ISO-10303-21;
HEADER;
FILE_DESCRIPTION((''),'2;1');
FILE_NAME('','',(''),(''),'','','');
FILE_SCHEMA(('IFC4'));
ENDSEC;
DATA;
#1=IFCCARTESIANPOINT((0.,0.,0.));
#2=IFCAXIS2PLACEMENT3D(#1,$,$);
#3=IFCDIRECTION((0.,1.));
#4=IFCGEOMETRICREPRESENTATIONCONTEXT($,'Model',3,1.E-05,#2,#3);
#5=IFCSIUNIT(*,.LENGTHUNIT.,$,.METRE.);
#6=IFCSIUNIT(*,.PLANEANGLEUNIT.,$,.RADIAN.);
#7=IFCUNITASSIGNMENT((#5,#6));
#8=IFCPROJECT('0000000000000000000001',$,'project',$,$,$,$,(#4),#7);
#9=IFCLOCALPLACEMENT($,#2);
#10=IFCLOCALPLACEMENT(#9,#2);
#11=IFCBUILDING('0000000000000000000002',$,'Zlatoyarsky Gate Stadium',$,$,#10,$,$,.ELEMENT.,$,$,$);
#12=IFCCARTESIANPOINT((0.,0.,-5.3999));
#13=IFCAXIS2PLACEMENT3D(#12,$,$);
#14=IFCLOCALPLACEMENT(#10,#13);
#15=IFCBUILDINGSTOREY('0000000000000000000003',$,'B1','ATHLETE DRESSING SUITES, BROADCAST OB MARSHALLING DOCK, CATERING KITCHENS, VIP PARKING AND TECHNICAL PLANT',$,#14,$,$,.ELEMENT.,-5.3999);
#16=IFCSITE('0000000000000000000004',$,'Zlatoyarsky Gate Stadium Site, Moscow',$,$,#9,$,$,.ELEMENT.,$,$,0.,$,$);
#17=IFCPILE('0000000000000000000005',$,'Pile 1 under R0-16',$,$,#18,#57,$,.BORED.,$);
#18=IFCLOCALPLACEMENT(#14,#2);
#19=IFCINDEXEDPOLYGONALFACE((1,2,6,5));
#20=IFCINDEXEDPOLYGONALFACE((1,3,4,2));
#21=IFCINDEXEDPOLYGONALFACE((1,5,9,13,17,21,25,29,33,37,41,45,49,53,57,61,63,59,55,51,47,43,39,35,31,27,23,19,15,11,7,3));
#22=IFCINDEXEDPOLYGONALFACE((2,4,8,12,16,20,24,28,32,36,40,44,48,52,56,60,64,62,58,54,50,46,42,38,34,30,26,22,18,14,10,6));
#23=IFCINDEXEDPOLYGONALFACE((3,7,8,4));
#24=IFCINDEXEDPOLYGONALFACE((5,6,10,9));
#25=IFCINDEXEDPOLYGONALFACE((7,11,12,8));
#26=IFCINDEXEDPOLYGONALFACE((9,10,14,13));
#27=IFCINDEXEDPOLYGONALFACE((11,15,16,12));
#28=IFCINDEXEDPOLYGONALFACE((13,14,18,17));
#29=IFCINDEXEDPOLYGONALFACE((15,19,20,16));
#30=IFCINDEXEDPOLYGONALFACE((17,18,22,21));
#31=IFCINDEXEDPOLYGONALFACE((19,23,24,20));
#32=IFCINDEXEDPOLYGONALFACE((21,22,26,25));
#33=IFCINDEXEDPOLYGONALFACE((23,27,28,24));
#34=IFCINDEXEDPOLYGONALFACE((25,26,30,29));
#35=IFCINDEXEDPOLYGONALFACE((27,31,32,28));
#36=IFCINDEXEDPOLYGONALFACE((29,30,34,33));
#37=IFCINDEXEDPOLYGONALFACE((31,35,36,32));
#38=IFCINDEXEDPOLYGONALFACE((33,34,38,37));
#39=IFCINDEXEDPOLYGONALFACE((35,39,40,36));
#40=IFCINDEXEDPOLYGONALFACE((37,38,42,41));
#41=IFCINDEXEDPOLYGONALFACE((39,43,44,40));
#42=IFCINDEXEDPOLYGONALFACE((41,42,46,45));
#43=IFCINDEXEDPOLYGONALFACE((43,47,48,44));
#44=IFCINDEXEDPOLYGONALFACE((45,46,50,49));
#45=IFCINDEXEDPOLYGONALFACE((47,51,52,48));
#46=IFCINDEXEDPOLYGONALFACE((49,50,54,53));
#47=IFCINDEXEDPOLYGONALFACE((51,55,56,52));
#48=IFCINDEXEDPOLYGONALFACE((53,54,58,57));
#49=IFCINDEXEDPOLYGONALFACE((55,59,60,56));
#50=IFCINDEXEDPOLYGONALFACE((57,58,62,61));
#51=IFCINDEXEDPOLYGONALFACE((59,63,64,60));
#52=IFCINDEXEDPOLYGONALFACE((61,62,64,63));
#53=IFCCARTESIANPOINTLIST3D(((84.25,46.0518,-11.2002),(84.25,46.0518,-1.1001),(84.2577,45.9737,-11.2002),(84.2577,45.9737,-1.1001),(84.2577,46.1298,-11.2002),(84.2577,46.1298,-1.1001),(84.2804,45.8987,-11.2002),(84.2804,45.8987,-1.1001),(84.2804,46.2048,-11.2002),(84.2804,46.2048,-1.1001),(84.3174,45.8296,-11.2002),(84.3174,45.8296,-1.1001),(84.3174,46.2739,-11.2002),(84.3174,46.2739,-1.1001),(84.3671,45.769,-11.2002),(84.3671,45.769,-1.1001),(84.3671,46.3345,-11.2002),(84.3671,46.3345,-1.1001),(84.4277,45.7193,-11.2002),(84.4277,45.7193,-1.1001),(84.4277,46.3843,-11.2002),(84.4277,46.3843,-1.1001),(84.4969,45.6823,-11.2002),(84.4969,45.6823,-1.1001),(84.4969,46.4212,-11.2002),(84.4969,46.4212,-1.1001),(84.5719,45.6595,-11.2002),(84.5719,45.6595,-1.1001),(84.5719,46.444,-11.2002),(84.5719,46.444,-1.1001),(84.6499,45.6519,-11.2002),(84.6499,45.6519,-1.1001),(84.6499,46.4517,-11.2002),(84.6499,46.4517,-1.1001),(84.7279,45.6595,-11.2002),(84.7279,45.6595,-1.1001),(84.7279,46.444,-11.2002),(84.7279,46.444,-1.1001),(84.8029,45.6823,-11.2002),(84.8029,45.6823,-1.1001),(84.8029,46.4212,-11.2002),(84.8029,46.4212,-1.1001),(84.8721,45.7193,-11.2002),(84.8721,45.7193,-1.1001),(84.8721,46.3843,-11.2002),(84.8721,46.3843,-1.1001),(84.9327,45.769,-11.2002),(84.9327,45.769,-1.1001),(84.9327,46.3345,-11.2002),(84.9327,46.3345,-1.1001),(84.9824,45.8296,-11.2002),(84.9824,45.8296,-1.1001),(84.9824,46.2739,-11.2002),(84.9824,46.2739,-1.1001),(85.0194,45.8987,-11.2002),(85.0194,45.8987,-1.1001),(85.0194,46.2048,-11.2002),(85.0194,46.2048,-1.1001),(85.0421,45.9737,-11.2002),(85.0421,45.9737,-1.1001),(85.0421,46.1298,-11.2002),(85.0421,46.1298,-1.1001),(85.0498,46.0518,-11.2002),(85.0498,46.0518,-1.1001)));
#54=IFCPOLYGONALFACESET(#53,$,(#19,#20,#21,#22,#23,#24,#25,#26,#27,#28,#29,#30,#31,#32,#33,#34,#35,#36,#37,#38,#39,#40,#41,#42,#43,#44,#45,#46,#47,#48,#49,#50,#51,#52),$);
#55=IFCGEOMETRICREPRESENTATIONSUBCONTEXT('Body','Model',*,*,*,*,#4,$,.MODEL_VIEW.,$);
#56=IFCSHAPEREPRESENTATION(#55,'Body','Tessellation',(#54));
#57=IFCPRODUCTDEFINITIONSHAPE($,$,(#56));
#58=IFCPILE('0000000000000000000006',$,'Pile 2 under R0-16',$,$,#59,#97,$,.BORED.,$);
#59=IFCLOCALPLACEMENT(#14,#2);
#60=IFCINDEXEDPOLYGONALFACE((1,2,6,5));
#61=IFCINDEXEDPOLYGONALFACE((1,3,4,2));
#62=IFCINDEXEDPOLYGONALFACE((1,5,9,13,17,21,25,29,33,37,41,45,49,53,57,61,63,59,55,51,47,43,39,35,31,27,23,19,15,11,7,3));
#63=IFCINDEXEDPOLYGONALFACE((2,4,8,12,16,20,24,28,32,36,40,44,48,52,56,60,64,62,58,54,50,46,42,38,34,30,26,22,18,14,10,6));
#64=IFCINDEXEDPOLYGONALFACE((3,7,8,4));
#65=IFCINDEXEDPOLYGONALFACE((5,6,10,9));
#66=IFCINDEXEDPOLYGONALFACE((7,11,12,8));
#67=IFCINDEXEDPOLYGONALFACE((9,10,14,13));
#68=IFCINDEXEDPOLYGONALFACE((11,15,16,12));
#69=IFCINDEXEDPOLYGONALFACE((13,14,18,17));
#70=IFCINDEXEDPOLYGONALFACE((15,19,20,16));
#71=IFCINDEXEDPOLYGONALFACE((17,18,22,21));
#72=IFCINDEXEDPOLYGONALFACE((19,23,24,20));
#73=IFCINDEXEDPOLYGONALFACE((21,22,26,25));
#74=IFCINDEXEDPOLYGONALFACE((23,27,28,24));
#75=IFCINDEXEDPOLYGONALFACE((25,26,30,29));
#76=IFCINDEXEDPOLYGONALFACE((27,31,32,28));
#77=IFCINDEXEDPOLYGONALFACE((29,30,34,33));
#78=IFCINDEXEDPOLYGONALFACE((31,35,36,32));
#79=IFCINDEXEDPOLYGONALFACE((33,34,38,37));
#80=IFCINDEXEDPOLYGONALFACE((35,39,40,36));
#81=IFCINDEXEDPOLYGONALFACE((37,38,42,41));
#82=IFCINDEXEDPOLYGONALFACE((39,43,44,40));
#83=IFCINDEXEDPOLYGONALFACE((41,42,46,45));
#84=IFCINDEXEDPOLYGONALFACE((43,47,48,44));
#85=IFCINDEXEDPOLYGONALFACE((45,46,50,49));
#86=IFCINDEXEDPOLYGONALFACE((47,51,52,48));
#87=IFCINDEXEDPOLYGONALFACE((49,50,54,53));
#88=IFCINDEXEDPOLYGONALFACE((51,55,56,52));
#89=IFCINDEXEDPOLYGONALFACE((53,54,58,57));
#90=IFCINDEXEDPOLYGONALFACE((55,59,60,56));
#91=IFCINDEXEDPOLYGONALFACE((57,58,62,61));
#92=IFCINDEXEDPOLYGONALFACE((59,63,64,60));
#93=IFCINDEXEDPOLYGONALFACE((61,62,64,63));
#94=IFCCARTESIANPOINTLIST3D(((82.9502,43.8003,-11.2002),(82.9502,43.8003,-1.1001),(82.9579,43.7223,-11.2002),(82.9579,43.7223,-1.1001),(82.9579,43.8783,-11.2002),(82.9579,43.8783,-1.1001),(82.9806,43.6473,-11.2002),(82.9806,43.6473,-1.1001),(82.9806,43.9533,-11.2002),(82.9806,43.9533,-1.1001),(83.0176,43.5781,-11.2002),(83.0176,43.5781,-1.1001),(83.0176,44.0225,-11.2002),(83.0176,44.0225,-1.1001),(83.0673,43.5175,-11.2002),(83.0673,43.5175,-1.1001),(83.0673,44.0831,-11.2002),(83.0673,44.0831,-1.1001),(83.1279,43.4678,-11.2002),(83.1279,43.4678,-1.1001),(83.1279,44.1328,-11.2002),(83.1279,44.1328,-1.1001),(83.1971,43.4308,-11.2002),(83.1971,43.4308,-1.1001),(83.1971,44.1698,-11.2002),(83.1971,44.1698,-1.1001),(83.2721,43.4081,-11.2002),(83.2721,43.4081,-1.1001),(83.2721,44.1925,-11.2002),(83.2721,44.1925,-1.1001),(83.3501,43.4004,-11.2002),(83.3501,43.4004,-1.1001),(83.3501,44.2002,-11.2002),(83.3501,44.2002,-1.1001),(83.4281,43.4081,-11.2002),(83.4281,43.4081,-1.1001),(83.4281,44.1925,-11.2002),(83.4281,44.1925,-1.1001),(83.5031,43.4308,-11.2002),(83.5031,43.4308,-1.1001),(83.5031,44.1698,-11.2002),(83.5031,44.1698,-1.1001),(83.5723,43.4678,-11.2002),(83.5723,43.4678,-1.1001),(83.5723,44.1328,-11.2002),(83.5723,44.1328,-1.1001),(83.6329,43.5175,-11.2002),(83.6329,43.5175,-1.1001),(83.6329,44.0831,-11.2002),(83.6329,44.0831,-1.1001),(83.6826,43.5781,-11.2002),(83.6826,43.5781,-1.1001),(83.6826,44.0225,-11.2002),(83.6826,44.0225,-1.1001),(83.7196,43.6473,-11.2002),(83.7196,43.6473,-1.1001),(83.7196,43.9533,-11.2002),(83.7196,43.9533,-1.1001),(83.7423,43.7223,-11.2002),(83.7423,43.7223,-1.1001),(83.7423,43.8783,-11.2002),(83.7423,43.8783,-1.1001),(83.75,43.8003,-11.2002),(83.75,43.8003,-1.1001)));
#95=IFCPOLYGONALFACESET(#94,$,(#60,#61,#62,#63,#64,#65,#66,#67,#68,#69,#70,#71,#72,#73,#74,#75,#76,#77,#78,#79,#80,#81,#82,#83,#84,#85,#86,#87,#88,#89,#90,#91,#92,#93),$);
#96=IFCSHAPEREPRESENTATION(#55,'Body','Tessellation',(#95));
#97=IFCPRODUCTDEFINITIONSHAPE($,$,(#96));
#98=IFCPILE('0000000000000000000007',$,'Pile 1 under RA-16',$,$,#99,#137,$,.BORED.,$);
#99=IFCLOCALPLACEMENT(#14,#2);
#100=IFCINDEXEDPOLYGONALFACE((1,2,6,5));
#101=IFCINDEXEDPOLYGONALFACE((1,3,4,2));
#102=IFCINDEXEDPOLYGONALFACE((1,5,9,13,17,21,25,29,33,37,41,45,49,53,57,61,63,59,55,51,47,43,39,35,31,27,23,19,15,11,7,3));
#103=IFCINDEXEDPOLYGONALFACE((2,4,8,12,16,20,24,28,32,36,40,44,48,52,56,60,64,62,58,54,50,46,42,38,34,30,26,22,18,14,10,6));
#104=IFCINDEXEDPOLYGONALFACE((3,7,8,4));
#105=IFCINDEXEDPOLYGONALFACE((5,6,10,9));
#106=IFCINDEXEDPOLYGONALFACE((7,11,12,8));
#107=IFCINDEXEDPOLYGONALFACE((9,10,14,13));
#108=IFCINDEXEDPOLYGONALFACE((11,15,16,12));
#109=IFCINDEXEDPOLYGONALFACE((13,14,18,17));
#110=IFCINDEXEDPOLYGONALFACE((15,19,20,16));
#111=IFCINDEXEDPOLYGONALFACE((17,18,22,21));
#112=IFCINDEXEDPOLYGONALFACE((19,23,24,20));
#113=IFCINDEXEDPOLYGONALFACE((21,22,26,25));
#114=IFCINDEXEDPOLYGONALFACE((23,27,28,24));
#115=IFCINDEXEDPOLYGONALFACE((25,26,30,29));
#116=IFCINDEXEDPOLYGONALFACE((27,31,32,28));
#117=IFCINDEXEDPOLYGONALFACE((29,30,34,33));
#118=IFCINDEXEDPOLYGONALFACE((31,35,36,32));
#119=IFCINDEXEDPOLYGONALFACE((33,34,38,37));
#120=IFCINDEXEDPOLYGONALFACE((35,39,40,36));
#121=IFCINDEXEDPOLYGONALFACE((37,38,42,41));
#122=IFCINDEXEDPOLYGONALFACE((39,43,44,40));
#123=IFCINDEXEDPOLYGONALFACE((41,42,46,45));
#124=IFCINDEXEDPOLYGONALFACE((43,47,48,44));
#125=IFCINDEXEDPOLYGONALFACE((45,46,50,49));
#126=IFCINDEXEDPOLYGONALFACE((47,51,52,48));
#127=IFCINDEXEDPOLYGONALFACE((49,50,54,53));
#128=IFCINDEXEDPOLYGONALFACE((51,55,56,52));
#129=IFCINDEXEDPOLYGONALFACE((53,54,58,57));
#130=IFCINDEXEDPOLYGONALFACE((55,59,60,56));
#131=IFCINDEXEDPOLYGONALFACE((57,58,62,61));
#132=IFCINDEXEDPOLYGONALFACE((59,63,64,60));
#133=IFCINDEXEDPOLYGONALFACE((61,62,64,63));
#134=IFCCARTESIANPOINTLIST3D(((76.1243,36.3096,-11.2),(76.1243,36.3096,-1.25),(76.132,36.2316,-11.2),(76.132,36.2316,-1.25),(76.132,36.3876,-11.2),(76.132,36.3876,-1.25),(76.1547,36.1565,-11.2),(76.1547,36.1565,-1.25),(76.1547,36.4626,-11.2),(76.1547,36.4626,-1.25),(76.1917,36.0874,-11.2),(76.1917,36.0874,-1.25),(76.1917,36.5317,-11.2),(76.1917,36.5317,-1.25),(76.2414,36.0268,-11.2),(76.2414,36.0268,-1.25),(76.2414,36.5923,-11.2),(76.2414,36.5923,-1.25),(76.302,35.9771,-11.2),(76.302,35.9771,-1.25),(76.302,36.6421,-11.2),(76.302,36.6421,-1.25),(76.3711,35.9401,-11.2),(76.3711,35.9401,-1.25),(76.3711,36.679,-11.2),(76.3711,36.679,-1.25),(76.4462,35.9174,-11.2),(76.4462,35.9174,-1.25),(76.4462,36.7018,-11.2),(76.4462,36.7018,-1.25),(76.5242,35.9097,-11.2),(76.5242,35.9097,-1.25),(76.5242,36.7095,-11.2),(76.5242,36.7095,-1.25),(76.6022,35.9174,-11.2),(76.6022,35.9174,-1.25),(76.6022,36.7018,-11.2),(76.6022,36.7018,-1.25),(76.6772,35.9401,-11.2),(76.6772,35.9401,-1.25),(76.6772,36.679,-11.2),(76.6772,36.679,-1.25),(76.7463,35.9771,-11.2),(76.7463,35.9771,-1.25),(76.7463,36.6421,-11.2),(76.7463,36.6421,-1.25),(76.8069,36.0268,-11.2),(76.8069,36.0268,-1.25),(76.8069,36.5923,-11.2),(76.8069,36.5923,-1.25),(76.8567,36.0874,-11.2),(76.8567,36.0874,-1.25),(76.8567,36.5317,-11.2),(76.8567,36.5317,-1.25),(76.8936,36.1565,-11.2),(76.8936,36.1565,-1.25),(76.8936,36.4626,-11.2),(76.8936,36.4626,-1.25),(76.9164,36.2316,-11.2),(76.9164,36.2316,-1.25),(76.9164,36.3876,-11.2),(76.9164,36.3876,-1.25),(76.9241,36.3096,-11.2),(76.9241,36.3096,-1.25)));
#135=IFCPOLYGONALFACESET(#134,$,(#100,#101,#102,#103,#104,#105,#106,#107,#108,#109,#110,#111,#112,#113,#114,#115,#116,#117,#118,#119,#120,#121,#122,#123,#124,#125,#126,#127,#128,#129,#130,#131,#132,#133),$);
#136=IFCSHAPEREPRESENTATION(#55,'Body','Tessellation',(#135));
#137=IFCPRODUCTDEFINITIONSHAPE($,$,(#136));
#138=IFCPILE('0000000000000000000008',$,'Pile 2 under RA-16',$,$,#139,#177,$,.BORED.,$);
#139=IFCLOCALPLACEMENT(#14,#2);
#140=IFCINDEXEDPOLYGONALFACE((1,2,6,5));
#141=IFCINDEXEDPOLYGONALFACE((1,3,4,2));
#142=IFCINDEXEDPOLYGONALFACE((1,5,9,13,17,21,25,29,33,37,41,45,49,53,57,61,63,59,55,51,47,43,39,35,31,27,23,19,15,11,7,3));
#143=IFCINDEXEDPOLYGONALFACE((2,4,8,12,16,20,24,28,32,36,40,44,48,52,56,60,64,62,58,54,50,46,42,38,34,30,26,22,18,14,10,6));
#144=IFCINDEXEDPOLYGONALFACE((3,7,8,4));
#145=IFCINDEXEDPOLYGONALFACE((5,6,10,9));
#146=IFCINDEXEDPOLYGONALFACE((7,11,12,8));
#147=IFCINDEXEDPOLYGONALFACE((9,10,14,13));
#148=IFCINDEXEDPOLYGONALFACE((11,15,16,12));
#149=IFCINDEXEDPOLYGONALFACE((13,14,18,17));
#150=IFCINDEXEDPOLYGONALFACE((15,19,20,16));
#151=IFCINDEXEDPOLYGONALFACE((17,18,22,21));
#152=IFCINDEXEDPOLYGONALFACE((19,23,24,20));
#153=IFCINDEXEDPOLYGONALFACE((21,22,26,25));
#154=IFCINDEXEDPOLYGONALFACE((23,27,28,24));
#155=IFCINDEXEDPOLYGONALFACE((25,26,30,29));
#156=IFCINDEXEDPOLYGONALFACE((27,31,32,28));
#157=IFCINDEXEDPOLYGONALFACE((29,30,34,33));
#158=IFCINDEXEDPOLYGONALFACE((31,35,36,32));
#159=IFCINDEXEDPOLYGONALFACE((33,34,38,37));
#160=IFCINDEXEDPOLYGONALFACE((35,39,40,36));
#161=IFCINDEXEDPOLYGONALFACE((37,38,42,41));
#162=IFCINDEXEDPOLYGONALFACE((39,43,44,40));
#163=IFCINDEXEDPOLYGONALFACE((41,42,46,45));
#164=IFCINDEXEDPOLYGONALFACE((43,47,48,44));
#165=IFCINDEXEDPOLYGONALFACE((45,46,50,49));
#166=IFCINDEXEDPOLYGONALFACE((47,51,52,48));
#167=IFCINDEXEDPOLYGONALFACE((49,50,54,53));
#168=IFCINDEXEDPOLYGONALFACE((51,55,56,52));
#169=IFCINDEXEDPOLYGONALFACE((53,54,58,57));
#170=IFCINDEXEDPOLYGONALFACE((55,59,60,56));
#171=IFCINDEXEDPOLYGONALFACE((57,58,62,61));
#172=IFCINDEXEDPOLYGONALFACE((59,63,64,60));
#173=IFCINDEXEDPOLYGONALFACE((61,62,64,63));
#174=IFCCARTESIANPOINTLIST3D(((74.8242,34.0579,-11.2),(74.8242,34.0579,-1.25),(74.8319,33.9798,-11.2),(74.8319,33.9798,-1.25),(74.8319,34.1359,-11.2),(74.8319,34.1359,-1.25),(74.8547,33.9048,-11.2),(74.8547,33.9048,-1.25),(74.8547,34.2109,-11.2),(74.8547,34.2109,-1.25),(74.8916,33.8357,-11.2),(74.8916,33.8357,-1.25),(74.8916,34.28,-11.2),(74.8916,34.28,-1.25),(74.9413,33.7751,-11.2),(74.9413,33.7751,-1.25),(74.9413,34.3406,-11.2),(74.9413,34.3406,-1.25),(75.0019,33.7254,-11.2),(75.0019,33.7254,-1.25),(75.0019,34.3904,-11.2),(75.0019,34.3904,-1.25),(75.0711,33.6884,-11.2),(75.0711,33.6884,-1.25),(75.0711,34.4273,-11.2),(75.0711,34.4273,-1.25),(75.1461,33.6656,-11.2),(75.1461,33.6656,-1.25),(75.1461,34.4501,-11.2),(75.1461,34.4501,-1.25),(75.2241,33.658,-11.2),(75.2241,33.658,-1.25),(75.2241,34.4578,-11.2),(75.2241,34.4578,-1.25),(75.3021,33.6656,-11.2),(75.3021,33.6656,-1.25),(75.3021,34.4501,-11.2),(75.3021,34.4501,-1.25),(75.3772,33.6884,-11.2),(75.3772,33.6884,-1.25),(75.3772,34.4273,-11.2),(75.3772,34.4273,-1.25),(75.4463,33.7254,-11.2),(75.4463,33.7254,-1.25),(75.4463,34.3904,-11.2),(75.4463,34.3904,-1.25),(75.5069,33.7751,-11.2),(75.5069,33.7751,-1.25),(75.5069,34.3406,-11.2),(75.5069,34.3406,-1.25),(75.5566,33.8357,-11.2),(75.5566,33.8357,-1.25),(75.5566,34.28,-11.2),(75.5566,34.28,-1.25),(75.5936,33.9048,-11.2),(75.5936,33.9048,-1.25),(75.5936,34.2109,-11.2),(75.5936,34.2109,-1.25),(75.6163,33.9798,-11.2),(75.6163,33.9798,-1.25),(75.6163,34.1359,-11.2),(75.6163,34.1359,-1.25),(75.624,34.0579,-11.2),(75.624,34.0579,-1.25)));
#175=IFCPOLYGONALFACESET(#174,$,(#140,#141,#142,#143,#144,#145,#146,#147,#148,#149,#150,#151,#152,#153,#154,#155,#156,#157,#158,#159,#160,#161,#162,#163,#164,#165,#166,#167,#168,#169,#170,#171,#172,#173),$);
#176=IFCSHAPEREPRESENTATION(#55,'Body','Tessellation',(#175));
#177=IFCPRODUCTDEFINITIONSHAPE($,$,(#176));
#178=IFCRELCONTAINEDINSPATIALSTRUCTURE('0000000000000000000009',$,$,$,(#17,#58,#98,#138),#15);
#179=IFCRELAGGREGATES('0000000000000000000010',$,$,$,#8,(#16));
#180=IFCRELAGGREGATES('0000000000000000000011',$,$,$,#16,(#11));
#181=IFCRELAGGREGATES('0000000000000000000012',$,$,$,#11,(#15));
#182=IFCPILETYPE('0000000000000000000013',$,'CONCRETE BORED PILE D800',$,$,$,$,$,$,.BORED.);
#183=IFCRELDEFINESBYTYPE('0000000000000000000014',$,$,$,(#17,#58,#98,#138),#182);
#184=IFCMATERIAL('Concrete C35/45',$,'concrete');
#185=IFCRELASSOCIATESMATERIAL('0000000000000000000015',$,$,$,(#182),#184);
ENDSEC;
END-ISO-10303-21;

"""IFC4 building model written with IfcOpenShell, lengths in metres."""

from ifc_helpers import new_model, si_unit, direction, frame, origin, origin_2d, place, context, subcontext, project, spatial, circle, extrude, material, material_profile, profile_set, type_object, element, save


model = new_model("IFC4")

# Units and contexts
model_context = context("Model", 3, precision=1e-05, world=origin(), true_north=direction((0.0, 1.0)))
body_context = subcontext(model_context, "Body", "Model", "MODEL_VIEW")
ifc_project = project(units=[si_unit("LENGTHUNIT", "METRE"), si_unit("PLANEANGLEUNIT", "RADIAN")], contexts=[model_context])

# Site, building, storey
site_placement = place(None, origin())
site = spatial("IfcSite", under=ifc_project, at=site_placement, Name="Zlatoyarsky Gate Stadium Site, Moscow", CompositionType="ELEMENT", RefElevation=0.0)
building_placement = place(site_placement, origin())
building = spatial("IfcBuilding", under=site, at=building_placement, Name="Zlatoyarsky Gate Stadium", CompositionType="ELEMENT")
storey_placement = place(building_placement, frame((0.0, 0.0, -5.3999)))
storey = spatial("IfcBuildingStorey", under=building, at=storey_placement, Name="B1", Description="ATHLETE DRESSING SUITES, BROADCAST OB MARSHALLING DOCK, CATERING KITCHENS, VIP PARKING AND TECHNICAL PLANT", CompositionType="ELEMENT", Elevation=-5.3999)

# Piles
ifc_material_1 = material(Name="Concrete C35/45", Category="concrete")
ifc_material_profile_1 = material_profile(ifc_material_1, circle(Radius=0.3999, at=origin_2d()), Name="BORED PILE D800")
ifc_profile_set_1 = profile_set([ifc_material_profile_1], Name="Concrete C35/45")
pile_type_1 = type_object("IfcPileType", Name="CONCRETE BORED PILE D800", PredefinedType="BORED", material=ifc_profile_set_1)
for number, where, z_axis, x_axis, name in (
    (1, (84.6499, 46.0518, -1.1001), (0.0, 0.0, -1.0), (1.0, 0.0, 0.0), "Pile 1 under R0-16"),
    (2, (83.3501, 43.8003, -1.1001), (0.0, 0.0, -1.0), (1.0, 0.0, 0.0), "Pile 2 under R0-16"),
):
    element("IfcPile", number, at=place(storey_placement, frame(where, z_axis=z_axis, x_axis=x_axis)), inside=storey, type_object=pile_type_1, Name=name, PredefinedType="BORED", context=body_context, shape_type="SweptSolid", body=[
        extrude(circle(Radius=0.3999, at=origin_2d()), origin(), (0.0, 0.0, 1.0), 10.1001),
    ])
for number, where, z_axis, x_axis, name in (
    (3, (76.5242, 36.3096, -1.25), (0.0, 0.0, -1.0), (1.0, 0.0, 0.0), "Pile 1 under RA-16"),
    (4, (75.2241, 34.0579, -1.25), (0.0, 0.0, -1.0), (1.0, 0.0, 0.0), "Pile 2 under RA-16"),
):
    element("IfcPile", number, at=place(storey_placement, frame(where, z_axis=z_axis, x_axis=x_axis)), inside=storey, type_object=pile_type_1, Name=name, PredefinedType="BORED", context=body_context, shape_type="SweptSolid", body=[
        extrude(circle(Radius=0.3999, at=origin_2d()), origin(), (0.0, 0.0, 1.0), 9.95),
    ])

save(model, "model.ifc")
